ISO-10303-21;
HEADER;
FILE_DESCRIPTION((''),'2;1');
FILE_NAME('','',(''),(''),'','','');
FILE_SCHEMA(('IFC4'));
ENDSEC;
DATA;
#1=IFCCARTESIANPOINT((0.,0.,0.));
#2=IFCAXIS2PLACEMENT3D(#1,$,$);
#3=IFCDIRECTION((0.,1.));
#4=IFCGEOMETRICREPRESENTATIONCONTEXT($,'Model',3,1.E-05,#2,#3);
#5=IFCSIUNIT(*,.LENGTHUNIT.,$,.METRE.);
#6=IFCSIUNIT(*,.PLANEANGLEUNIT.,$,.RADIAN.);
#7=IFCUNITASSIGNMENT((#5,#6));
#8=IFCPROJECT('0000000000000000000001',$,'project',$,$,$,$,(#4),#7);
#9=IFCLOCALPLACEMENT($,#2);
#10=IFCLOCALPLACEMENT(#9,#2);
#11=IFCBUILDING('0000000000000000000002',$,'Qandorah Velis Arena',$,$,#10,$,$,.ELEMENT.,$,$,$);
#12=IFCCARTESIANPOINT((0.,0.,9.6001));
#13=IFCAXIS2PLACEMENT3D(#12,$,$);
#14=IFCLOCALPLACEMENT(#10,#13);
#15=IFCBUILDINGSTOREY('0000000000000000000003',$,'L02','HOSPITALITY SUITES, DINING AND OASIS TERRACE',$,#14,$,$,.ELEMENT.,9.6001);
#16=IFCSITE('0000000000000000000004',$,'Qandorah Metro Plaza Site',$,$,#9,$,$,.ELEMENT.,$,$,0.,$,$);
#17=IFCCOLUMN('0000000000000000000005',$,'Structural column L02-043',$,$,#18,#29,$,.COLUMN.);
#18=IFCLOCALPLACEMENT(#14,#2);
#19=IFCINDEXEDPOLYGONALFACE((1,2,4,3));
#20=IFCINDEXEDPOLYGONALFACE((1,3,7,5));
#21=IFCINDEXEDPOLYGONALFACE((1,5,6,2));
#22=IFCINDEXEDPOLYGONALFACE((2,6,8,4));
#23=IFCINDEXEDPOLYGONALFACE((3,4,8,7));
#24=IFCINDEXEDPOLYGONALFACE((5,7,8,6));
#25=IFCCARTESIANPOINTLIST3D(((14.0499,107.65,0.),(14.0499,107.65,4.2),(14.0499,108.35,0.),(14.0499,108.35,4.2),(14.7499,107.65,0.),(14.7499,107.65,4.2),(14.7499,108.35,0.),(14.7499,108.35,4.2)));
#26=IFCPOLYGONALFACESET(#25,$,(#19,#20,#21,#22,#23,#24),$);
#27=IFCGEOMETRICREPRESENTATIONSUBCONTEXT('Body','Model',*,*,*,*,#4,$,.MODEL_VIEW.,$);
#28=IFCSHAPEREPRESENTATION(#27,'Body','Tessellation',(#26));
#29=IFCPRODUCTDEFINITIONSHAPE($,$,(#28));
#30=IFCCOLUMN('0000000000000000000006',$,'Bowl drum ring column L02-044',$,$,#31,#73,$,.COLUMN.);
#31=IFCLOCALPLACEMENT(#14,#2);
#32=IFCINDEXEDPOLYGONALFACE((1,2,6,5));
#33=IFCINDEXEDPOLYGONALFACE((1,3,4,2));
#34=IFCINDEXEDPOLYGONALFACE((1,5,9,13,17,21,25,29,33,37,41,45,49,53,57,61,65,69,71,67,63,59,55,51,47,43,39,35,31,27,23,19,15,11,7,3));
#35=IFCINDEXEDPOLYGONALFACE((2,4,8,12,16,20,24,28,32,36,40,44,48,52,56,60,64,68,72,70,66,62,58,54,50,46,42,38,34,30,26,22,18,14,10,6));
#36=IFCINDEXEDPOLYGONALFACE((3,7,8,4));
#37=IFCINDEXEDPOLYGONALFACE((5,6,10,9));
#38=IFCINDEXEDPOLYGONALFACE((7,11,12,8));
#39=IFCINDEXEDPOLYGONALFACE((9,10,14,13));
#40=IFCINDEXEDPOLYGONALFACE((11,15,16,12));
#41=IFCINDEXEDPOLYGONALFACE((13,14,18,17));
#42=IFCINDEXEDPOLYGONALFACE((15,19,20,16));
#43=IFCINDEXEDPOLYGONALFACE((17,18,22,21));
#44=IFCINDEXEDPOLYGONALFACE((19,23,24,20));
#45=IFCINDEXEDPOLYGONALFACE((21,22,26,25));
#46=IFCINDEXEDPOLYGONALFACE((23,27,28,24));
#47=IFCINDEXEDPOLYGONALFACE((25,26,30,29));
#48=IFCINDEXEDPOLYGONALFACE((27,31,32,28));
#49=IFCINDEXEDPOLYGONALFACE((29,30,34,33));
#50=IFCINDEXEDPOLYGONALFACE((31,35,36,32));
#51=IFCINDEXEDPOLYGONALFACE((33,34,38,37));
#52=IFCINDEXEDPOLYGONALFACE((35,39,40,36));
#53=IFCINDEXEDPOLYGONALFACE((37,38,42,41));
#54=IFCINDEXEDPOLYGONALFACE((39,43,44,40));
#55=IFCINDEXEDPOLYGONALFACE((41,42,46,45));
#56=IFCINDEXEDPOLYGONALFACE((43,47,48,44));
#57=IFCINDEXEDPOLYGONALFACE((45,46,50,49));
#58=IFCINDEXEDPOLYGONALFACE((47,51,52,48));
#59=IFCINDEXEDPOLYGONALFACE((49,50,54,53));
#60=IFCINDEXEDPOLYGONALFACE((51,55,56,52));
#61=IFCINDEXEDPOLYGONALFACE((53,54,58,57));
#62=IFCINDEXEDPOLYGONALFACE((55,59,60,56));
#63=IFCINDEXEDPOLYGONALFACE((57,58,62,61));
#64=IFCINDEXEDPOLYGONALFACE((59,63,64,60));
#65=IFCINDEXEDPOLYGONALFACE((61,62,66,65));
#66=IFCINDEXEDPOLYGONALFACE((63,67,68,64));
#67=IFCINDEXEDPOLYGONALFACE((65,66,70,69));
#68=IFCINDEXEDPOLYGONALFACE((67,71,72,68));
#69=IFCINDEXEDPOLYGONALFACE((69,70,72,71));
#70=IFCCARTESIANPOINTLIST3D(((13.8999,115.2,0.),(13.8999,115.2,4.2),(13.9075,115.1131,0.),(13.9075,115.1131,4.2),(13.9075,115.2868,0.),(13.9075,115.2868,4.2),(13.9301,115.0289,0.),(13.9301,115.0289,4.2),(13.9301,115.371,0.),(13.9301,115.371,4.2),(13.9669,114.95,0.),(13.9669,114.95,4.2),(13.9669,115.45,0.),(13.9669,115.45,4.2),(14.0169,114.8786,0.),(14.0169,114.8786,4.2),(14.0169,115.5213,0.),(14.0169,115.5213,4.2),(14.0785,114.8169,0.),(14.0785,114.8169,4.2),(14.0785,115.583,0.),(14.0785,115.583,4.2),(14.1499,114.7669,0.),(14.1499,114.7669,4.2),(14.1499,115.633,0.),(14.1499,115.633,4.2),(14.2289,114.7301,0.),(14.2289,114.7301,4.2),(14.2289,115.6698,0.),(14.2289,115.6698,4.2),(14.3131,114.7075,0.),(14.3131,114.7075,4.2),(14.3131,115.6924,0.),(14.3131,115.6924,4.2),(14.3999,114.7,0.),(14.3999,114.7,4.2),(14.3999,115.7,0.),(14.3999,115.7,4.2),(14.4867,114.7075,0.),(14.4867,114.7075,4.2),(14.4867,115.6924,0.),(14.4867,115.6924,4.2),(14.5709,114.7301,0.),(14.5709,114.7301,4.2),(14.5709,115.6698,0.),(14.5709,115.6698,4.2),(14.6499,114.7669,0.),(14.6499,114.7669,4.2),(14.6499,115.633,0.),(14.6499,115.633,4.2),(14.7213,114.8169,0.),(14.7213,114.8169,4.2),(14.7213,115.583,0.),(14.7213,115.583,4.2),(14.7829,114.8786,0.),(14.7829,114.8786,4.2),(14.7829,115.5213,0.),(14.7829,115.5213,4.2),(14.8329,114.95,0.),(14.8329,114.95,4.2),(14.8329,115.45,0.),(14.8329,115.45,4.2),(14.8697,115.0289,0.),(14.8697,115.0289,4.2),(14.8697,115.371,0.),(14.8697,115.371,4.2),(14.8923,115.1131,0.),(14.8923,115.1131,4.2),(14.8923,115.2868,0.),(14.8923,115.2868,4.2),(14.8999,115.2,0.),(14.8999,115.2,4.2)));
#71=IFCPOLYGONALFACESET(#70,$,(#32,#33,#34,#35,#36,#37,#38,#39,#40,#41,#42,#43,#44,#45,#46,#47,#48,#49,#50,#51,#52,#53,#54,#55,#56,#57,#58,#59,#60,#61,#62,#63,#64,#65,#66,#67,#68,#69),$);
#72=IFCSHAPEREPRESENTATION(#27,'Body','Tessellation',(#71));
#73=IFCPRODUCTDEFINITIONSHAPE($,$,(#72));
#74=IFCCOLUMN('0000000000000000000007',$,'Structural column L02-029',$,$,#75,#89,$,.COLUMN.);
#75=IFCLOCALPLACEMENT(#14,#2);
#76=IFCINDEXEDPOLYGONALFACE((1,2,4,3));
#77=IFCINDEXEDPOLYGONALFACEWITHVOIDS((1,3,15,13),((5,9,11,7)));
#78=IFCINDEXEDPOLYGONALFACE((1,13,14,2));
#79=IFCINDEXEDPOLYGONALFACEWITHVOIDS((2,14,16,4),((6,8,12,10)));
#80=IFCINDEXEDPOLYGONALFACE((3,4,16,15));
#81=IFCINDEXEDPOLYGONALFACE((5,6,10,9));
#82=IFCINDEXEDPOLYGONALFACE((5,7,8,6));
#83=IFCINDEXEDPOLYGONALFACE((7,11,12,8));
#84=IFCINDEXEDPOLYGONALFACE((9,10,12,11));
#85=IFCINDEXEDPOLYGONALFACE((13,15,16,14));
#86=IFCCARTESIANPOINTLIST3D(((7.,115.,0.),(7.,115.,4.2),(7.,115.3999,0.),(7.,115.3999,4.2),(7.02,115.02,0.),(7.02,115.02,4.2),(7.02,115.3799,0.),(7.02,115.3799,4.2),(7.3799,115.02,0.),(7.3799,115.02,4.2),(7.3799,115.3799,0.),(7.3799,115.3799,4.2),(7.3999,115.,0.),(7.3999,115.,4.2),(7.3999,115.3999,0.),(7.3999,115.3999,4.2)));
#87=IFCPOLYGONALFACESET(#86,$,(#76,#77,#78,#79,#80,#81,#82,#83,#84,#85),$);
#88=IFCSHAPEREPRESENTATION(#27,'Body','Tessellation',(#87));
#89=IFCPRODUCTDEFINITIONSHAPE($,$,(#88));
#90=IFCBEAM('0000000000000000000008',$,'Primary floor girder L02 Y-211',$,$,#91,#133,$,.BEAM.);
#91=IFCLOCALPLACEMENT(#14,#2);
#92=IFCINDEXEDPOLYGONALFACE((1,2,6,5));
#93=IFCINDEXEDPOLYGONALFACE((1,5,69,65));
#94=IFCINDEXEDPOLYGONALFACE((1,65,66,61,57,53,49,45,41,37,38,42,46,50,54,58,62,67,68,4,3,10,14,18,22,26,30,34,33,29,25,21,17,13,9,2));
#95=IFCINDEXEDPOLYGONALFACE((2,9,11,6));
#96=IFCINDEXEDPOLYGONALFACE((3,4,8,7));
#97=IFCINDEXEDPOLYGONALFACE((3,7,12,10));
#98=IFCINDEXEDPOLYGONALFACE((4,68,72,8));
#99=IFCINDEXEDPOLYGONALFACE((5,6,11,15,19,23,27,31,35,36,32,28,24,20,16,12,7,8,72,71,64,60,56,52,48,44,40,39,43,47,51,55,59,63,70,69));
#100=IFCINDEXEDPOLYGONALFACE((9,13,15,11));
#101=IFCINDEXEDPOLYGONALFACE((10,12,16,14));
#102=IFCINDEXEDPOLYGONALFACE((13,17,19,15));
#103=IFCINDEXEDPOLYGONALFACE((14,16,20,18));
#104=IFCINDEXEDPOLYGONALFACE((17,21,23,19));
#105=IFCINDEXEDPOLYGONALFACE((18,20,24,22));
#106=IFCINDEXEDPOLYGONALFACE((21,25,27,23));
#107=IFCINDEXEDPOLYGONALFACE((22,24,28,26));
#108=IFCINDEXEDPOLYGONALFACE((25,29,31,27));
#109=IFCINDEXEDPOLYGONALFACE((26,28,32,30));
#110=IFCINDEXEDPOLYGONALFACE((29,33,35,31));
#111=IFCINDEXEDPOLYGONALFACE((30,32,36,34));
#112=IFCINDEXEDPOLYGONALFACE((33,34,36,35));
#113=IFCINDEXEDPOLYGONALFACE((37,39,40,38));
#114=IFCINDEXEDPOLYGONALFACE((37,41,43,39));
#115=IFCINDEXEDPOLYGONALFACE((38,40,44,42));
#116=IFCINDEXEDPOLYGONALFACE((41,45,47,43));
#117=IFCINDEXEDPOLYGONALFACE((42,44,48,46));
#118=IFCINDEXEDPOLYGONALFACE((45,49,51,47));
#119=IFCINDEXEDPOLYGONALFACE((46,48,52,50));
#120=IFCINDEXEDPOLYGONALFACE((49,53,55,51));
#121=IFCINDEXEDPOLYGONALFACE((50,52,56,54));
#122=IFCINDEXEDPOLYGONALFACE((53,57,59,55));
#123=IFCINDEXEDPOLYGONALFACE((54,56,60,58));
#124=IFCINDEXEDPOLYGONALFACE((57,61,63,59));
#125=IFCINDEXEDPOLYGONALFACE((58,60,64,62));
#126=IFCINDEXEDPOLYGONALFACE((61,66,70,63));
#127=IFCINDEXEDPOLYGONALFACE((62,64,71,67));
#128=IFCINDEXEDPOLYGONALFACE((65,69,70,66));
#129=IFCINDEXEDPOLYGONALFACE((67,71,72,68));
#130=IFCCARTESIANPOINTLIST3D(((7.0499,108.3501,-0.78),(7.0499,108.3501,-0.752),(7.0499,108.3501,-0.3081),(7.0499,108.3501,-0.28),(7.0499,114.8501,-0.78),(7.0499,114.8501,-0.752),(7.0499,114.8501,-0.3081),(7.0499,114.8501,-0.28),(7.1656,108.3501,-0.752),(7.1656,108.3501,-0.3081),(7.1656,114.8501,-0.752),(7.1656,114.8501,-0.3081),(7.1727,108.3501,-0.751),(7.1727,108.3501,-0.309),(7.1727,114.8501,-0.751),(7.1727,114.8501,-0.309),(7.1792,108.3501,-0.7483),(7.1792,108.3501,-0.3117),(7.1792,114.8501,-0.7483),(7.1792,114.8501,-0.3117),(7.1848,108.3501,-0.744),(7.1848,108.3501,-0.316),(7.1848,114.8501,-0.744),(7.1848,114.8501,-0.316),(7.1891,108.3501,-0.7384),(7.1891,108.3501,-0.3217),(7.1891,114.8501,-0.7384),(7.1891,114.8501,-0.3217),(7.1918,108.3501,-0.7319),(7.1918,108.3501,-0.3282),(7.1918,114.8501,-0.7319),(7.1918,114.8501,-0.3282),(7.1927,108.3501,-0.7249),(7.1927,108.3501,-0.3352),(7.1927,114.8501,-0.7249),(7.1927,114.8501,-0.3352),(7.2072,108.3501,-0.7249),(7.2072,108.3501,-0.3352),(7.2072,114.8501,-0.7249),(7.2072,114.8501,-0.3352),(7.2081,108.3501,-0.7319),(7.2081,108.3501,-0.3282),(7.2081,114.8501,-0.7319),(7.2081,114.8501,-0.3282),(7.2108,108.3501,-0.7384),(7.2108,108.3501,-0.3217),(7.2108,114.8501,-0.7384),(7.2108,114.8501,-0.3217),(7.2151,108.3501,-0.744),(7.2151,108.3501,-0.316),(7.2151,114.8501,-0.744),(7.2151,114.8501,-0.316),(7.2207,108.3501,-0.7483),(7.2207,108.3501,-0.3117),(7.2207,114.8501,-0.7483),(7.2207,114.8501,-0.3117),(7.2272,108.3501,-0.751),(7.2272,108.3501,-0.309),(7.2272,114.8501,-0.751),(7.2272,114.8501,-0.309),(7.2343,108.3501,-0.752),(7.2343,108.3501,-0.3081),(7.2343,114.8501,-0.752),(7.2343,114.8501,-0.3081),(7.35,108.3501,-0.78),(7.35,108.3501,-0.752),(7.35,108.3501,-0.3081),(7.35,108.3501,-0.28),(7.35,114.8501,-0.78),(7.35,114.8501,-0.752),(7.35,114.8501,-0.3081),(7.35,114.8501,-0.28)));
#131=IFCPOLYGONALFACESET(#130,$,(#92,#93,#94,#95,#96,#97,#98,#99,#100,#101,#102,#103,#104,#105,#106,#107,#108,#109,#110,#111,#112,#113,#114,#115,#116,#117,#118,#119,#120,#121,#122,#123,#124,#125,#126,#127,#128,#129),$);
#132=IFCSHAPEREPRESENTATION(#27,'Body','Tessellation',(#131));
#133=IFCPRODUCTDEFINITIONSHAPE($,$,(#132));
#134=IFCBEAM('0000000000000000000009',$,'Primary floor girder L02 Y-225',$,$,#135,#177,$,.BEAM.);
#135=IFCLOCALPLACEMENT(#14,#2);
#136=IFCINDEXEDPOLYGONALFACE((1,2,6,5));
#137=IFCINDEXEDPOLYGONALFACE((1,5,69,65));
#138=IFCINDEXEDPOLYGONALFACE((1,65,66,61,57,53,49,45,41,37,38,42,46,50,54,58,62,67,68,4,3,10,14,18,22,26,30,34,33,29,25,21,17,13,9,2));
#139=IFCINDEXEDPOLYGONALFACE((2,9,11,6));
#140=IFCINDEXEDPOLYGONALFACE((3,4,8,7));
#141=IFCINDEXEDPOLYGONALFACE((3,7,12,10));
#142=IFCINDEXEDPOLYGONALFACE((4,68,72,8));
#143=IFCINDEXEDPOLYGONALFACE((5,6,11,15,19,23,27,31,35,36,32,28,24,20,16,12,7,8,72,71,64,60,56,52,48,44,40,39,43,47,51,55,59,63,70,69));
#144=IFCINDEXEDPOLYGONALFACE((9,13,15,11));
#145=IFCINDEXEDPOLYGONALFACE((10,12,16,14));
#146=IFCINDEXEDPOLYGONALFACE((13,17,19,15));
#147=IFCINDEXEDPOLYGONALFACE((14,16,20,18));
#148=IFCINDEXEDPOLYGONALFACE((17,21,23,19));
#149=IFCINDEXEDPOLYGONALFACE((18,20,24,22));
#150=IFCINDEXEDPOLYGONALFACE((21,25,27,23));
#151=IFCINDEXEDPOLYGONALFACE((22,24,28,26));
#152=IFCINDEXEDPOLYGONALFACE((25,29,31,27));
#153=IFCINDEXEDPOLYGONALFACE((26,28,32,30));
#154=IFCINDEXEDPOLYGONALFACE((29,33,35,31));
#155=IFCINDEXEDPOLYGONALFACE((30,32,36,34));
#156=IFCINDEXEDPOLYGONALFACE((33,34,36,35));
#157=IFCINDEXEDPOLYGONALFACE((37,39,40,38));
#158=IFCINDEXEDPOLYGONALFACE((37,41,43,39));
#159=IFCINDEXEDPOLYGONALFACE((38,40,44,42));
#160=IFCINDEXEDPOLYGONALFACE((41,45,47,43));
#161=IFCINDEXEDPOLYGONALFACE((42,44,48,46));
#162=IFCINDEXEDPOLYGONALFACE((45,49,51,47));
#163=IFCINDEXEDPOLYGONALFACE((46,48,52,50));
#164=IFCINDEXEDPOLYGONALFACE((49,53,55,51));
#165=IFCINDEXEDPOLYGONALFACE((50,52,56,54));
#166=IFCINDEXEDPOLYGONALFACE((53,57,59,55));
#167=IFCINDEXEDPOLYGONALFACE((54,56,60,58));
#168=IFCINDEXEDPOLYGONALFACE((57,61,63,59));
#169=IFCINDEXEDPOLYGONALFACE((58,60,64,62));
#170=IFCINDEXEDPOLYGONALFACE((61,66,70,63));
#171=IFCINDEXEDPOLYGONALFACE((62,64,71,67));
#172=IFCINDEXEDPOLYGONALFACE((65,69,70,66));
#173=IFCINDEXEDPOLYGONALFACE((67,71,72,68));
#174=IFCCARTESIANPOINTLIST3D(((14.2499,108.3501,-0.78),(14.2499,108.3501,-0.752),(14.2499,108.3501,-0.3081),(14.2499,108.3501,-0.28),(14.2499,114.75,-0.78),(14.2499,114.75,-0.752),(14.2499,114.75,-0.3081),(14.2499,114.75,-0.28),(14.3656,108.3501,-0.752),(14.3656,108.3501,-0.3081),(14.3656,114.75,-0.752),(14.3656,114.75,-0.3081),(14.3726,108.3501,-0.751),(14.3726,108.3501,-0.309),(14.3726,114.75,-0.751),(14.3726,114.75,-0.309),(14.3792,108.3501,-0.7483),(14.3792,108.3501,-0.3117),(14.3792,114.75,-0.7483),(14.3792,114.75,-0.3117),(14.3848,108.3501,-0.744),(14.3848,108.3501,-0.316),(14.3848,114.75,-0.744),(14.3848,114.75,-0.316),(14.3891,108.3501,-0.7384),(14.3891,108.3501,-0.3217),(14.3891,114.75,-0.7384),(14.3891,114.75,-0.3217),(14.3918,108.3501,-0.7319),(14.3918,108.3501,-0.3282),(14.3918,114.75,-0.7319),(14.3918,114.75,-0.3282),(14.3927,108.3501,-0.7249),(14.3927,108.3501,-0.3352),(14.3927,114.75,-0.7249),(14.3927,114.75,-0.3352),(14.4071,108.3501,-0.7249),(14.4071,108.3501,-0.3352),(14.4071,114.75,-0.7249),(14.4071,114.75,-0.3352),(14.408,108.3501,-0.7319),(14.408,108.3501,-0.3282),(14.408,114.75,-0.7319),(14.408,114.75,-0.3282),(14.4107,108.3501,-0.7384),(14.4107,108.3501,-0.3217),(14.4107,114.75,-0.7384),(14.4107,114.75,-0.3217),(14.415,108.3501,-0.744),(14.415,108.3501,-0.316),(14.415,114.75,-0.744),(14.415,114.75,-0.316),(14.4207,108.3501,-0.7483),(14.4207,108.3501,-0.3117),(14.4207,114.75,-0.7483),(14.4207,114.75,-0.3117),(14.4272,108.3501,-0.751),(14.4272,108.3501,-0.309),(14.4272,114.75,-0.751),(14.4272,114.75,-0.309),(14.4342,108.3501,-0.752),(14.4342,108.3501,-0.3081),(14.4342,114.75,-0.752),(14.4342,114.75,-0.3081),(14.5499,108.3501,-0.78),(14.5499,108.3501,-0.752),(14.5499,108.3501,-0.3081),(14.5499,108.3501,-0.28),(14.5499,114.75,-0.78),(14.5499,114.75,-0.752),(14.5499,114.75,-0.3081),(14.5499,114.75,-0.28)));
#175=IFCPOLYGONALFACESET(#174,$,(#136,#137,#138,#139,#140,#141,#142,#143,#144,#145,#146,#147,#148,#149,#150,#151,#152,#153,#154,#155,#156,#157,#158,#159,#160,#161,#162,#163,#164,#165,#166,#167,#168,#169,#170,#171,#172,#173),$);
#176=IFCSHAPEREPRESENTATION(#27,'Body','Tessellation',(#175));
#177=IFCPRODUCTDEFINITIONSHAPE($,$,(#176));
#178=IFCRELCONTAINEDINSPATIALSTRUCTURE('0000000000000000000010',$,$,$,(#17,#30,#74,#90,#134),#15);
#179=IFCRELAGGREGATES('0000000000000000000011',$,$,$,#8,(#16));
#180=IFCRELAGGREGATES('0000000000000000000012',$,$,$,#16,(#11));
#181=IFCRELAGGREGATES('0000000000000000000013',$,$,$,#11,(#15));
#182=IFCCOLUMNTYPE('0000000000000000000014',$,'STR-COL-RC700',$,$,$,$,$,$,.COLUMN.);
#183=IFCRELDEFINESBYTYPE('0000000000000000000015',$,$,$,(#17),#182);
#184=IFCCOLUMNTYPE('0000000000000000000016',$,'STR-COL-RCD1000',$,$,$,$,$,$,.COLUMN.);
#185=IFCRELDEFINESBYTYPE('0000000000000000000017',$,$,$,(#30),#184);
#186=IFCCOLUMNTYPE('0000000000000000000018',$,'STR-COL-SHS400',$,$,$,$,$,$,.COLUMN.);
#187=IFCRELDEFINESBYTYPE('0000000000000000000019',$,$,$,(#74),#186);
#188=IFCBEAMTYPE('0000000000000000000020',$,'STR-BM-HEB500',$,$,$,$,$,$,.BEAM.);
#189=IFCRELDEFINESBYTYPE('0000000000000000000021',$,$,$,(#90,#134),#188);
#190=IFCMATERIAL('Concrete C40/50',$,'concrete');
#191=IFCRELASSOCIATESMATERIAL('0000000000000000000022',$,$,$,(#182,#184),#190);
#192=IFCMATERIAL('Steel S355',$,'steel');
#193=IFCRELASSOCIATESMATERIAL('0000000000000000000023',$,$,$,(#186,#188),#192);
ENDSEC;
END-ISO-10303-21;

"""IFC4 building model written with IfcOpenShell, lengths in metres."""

from ifc_helpers import new_model, si_unit, direction, frame, origin, origin_2d, place, context, subcontext, project, spatial, rectangle, hollow_rectangle, circle, i_section, extrude, material, material_profile, profile_set, type_object, element, save


model = new_model("IFC4")

# Units and contexts
model_context = context("Model", 3, precision=1e-05, world=origin(), true_north=direction((0.0, 1.0)))
body_context = subcontext(model_context, "Body", "Model", "MODEL_VIEW")
ifc_project = project(units=[si_unit("LENGTHUNIT", "METRE"), si_unit("PLANEANGLEUNIT", "RADIAN")], contexts=[model_context])

# Site, building, storey
site_placement = place(None, origin())
site = spatial("IfcSite", under=ifc_project, at=site_placement, Name="Qandorah Metro Plaza Site", CompositionType="ELEMENT", RefElevation=0.0)
building_placement = place(site_placement, origin())
building = spatial("IfcBuilding", under=site, at=building_placement, Name="Qandorah Velis Arena", CompositionType="ELEMENT")
storey_placement = place(building_placement, frame((0.0, 0.0, 9.6001)))
storey = spatial("IfcBuildingStorey", under=building, at=storey_placement, Name="L02", Description="HOSPITALITY SUITES, DINING AND OASIS TERRACE", CompositionType="ELEMENT", Elevation=9.6001)

# Columns
ifc_material_1 = material(Name="Concrete C40/50", Category="concrete")
ifc_material_profile_1 = material_profile(ifc_material_1, rectangle(XDim=0.7, YDim=0.7, at=origin_2d()), Name="RC COL 700x700")
ifc_profile_set_1 = profile_set([ifc_material_profile_1], Name="Concrete C40/50")
column_type_1 = type_object("IfcColumnType", Name="STR-COL-RC700", PredefinedType="COLUMN", material=ifc_profile_set_1)
column_1_placement = place(storey_placement, frame((14.3999, 108.0, 0.0), z_axis=(0.0, 0.0, 1.0), x_axis=(1.0, 0.0, 0.0)))
element("IfcColumn", 1, at=column_1_placement, inside=storey, type_object=column_type_1, Name="Structural column L02-043", PredefinedType="COLUMN", context=body_context, shape_type="SweptSolid", body=[
    extrude(rectangle(XDim=0.7, YDim=0.7, at=origin_2d()), origin(), (0.0, 0.0, 1.0), 4.2),
])
ifc_material_profile_2 = material_profile(ifc_material_1, circle(Radius=0.5, at=origin_2d()), Name="RC D1000")
ifc_profile_set_2 = profile_set([ifc_material_profile_2], Name="Concrete C40/50")
column_type_2 = type_object("IfcColumnType", Name="STR-COL-RCD1000", PredefinedType="COLUMN", material=ifc_profile_set_2)
column_2_placement = place(storey_placement, frame((14.3999, 115.2, 0.0), z_axis=(0.0, 0.0, 1.0), x_axis=(1.0, 0.0, 0.0)))
element("IfcColumn", 2, at=column_2_placement, inside=storey, type_object=column_type_2, Name="Bowl drum ring column L02-044", PredefinedType="COLUMN", context=body_context, shape_type="SweptSolid", body=[
    extrude(circle(Radius=0.5, at=origin_2d()), origin(), (0.0, 0.0, 1.0), 4.2),
])
ifc_material_2 = material(Name="Steel S355", Category="steel")
ifc_material_profile_3 = material_profile(ifc_material_2, hollow_rectangle(XDim=0.3999, YDim=0.3999, WallThickness=0.02, at=origin_2d()), Name="SHS 400x400x20")
ifc_profile_set_3 = profile_set([ifc_material_profile_3], Name="Steel S355")
column_type_3 = type_object("IfcColumnType", Name="STR-COL-SHS400", PredefinedType="COLUMN", material=ifc_profile_set_3)
column_3_placement = place(storey_placement, frame((7.2, 115.2, 0.0), z_axis=(0.0, 0.0, 1.0), x_axis=(1.0, 0.0, 0.0)))
element("IfcColumn", 3, at=column_3_placement, inside=storey, type_object=column_type_3, Name="Structural column L02-029", PredefinedType="COLUMN", context=body_context, shape_type="SweptSolid", body=[
    extrude(hollow_rectangle(XDim=0.3999, YDim=0.3999, WallThickness=0.02, at=origin_2d()), origin(), (0.0, 0.0, 1.0), 4.2),
])

# Beams
ifc_material_profile_4 = material_profile(ifc_material_2, i_section(OverallWidth=0.3, OverallDepth=0.5, WebThickness=0.0144, FlangeThickness=0.0281, FilletRadius=0.0271, at=origin_2d()), Name="HEB 500")
ifc_profile_set_4 = profile_set([ifc_material_profile_4], Name="Steel S355")
beam_type_1 = type_object("IfcBeamType", Name="STR-BM-HEB500", PredefinedType="BEAM", material=ifc_profile_set_4)
beam_1_placement = place(storey_placement, frame((7.2, 108.3501, -0.53), z_axis=(0.0, 1.0, 0.0), x_axis=(-1.0, 0.0, 0.0)))
element("IfcBeam", 4, at=beam_1_placement, inside=storey, type_object=beam_type_1, Name="Primary floor girder L02 Y-211", PredefinedType="BEAM", context=body_context, shape_type="SweptSolid", body=[
    extrude(i_section(OverallWidth=0.3, OverallDepth=0.5, WebThickness=0.0144, FlangeThickness=0.0281, FilletRadius=0.0271, at=origin_2d()), origin(), (0.0, 0.0, 1.0), 6.5),
])
beam_2_placement = place(storey_placement, frame((14.3999, 108.3501, -0.53), z_axis=(0.0, 1.0, 0.0), x_axis=(-1.0, 0.0, 0.0)))
element("IfcBeam", 5, at=beam_2_placement, inside=storey, type_object=beam_type_1, Name="Primary floor girder L02 Y-225", PredefinedType="BEAM", context=body_context, shape_type="SweptSolid", body=[
    extrude(i_section(OverallWidth=0.3, OverallDepth=0.5, WebThickness=0.0144, FlangeThickness=0.0281, FilletRadius=0.0271, at=origin_2d()), origin(), (0.0, 0.0, 1.0), 6.3999),
])

save(model, "model.ifc")
